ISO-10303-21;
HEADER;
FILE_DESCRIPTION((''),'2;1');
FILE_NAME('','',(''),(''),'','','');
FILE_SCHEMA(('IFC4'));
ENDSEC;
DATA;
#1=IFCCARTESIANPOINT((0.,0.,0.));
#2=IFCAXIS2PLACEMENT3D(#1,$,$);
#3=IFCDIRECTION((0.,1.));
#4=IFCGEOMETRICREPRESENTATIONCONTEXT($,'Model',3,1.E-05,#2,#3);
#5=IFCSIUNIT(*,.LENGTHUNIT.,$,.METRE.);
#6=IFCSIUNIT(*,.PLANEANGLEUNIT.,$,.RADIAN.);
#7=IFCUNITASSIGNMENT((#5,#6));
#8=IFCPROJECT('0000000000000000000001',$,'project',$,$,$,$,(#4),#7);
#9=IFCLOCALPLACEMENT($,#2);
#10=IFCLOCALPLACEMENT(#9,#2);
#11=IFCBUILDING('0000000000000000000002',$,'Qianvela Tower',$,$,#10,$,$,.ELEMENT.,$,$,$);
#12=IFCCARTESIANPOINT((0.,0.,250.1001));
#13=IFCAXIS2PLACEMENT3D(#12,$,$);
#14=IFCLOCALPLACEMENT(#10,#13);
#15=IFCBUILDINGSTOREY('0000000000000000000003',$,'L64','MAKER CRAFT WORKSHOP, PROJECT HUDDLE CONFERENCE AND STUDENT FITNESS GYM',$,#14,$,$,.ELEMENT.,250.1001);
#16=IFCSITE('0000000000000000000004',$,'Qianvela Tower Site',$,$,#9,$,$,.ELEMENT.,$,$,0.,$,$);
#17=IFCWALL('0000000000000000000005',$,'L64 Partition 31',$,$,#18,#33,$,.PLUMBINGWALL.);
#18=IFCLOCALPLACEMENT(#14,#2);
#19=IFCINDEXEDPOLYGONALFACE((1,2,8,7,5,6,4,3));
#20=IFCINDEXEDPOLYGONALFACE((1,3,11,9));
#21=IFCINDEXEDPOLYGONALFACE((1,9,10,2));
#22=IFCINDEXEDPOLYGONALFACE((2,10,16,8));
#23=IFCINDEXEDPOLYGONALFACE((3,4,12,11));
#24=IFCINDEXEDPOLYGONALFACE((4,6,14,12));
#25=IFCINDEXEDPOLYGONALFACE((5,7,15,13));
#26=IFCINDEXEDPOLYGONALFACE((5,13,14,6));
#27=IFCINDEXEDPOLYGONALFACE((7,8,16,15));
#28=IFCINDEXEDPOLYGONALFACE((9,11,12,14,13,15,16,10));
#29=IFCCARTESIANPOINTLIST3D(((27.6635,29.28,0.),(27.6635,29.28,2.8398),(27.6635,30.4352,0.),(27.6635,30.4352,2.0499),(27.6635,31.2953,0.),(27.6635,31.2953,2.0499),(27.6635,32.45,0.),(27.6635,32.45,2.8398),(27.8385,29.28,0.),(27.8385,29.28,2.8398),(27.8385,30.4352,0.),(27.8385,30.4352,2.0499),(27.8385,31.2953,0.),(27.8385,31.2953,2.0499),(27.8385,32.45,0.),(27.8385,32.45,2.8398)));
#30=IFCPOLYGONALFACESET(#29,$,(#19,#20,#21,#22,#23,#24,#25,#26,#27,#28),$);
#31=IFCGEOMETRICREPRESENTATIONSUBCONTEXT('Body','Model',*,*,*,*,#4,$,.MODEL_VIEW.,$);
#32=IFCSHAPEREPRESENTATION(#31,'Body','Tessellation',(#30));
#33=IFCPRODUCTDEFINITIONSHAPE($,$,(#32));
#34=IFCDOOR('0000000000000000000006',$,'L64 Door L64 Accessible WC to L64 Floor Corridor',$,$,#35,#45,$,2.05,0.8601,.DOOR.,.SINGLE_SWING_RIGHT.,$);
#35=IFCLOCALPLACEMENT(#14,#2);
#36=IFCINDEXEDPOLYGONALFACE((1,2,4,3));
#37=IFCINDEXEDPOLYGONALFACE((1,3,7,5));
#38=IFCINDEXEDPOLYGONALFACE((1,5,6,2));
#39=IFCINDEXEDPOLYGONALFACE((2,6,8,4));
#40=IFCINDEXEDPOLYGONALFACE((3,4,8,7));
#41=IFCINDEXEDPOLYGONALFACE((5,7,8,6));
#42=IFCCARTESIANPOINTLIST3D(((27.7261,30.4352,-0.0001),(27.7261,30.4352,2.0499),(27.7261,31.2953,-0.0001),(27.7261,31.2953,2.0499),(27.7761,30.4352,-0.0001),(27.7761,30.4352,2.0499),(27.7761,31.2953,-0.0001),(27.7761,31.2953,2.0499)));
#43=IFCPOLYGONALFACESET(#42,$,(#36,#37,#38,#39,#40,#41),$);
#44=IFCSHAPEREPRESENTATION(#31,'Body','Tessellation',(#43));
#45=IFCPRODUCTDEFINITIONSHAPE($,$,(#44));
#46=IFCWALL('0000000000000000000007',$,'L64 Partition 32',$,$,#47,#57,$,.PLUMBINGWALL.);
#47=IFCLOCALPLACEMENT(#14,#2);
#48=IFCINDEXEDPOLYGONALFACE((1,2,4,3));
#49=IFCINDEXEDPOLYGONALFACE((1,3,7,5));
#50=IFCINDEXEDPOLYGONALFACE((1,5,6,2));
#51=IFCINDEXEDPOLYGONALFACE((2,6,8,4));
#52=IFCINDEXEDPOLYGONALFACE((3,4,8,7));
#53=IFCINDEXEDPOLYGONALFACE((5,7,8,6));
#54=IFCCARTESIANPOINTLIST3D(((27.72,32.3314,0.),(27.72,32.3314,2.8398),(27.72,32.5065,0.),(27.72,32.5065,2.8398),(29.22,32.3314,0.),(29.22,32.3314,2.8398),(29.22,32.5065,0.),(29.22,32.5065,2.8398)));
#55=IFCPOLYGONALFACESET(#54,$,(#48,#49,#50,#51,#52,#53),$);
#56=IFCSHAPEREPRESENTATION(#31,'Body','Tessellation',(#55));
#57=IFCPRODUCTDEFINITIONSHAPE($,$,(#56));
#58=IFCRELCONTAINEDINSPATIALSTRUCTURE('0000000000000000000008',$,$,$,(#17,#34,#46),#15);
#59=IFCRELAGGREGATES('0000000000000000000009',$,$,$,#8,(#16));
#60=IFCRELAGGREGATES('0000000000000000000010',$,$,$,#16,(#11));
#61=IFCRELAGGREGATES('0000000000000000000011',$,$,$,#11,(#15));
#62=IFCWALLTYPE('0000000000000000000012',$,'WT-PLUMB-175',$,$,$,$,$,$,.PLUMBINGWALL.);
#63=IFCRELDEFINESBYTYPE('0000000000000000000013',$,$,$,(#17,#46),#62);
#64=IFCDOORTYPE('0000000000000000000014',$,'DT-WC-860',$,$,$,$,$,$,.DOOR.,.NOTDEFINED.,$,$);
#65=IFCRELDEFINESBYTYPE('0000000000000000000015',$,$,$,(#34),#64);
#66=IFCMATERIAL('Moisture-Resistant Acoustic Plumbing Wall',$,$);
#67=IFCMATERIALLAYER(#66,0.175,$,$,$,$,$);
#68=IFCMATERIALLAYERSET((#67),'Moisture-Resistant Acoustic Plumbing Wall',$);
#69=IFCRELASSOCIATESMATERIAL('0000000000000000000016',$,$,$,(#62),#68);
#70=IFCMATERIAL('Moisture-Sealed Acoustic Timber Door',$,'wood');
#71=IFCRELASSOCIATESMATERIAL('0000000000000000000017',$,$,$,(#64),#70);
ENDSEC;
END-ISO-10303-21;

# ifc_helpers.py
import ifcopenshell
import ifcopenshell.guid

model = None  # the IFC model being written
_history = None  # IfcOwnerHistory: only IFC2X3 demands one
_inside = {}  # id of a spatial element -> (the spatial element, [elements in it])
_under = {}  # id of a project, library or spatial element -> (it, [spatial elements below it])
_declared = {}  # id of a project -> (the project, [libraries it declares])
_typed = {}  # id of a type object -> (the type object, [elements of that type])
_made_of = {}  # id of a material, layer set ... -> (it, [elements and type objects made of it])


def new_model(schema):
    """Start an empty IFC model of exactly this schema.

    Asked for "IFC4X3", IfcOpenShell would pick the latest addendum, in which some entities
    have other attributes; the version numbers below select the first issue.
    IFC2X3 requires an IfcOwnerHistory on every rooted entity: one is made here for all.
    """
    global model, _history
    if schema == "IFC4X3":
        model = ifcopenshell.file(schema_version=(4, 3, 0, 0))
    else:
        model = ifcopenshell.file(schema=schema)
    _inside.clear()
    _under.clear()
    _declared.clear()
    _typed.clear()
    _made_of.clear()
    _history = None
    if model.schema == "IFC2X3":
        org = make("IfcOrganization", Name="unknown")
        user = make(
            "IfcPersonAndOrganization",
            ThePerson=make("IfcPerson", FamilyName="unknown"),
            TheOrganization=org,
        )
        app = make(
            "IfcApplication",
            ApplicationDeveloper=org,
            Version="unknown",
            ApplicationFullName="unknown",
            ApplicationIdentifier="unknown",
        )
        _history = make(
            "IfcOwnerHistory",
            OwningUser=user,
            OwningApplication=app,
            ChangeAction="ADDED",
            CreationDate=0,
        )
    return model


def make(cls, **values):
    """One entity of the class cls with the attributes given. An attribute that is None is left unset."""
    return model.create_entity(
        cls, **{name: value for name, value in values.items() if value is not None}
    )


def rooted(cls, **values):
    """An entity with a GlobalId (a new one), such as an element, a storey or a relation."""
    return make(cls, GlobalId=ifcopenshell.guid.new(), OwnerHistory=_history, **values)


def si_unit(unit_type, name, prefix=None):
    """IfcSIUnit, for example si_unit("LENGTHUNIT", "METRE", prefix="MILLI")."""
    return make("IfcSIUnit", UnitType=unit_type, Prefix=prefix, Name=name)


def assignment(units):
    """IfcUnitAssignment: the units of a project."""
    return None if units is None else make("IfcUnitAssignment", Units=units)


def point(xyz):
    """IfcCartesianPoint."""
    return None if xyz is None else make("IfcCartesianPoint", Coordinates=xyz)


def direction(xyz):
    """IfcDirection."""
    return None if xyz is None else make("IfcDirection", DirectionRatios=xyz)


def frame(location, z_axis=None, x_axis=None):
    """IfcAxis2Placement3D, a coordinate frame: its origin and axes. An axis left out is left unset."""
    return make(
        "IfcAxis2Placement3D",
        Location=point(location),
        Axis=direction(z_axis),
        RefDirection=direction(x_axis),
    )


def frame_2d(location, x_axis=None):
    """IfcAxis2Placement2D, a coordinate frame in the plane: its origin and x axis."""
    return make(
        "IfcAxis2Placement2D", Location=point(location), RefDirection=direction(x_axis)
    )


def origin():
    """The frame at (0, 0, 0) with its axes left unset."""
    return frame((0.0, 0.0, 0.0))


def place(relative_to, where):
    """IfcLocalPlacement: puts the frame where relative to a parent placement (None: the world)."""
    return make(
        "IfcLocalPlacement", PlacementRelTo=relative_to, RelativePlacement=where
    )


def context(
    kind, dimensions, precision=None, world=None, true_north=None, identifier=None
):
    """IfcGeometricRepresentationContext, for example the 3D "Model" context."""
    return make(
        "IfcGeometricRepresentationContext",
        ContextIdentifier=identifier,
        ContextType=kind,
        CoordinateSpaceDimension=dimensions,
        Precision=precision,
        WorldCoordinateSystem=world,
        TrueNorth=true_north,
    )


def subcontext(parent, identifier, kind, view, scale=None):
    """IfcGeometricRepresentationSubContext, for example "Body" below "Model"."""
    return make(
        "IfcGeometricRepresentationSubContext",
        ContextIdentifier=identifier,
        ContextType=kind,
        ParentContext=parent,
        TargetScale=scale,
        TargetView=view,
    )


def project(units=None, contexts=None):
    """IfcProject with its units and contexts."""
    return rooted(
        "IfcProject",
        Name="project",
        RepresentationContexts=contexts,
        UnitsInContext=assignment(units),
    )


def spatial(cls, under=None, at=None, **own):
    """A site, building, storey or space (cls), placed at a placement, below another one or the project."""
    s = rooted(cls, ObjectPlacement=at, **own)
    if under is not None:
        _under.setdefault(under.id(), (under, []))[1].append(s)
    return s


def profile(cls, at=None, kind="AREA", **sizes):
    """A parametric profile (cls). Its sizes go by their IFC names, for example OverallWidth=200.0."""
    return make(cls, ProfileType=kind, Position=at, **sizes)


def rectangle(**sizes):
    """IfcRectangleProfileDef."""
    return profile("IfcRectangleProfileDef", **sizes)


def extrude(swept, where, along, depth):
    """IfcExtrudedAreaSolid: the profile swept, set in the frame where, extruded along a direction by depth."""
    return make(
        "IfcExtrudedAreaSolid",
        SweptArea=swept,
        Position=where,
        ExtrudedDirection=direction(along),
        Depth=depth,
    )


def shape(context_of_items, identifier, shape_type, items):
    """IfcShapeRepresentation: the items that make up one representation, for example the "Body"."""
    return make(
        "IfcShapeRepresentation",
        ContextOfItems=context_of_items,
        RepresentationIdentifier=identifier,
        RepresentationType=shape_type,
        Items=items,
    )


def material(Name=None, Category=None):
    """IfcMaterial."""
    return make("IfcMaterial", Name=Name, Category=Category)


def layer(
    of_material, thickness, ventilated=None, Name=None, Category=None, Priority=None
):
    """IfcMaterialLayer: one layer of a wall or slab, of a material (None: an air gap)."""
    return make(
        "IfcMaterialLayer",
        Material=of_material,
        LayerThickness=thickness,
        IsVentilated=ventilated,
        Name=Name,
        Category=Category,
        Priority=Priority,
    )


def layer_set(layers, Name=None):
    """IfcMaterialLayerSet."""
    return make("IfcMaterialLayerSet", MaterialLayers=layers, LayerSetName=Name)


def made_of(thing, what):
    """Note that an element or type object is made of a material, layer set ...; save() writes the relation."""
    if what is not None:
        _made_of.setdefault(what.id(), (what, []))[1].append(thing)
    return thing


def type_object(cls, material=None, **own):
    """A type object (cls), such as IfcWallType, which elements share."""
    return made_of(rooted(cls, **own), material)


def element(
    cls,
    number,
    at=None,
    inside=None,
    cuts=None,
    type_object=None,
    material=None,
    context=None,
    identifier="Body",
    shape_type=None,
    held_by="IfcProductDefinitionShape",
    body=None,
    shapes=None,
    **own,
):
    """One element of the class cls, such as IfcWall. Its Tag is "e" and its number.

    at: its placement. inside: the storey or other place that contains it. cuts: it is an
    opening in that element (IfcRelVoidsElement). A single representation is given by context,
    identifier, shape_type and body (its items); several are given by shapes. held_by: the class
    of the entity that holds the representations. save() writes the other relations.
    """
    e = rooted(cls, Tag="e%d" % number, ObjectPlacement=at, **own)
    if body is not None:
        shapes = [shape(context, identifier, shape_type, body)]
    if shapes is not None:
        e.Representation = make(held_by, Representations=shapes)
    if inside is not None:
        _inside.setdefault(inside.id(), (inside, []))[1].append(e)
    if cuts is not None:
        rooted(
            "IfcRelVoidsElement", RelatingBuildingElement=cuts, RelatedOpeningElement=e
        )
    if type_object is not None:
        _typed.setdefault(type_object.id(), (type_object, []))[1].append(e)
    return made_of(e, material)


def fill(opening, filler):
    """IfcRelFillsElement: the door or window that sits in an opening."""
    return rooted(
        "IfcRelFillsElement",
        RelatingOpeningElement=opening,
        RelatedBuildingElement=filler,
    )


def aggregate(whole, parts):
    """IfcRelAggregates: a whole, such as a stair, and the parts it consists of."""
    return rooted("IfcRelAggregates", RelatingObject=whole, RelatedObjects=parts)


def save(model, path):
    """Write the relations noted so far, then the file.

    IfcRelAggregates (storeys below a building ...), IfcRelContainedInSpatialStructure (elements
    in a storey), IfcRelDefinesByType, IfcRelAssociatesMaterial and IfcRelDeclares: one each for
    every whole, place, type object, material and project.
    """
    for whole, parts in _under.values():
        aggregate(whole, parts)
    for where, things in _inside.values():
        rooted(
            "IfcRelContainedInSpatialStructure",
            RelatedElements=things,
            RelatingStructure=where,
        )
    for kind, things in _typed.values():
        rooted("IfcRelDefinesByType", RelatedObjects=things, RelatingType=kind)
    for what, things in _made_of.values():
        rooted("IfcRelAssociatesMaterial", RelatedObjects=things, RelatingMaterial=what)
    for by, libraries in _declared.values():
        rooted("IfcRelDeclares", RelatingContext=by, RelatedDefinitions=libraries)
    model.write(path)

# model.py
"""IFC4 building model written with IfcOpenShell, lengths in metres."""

from ifc_helpers import new_model, si_unit, direction, frame, frame_2d, origin, place, context, subcontext, project, spatial, rectangle, extrude, material, layer, layer_set, type_object, element, fill, save


model = new_model("IFC4")

# Units and contexts
model_context = context("Model", 3, precision=1e-05, world=origin(), true_north=direction((0.0, 1.0)))
body_context = subcontext(model_context, "Body", "Model", "MODEL_VIEW")
ifc_project = project(units=[si_unit("LENGTHUNIT", "METRE"), si_unit("PLANEANGLEUNIT", "RADIAN")], contexts=[model_context])

# Site, building, storey
site_placement = place(None, origin())
site = spatial("IfcSite", under=ifc_project, at=site_placement, Name="Qianvela Tower Site", CompositionType="ELEMENT", RefElevation=0.0)
building_placement = place(site_placement, origin())
building = spatial("IfcBuilding", under=site, at=building_placement, Name="Qianvela Tower", CompositionType="ELEMENT")
storey_placement = place(building_placement, frame((0.0, 0.0, 250.1001)))
storey = spatial("IfcBuildingStorey", under=building, at=storey_placement, Name="L64", Description="MAKER CRAFT WORKSHOP, PROJECT HUDDLE CONFERENCE AND STUDENT FITNESS GYM", CompositionType="ELEMENT", Elevation=250.1001)

# Shared definitions
ifc_material_1 = material(Name="Moisture-Resistant Acoustic Plumbing Wall")
ifc_layer_1 = layer(ifc_material_1, 0.175)
ifc_layer_set_1 = layer_set([ifc_layer_1], Name="Moisture-Resistant Acoustic Plumbing Wall")
wall_type_1 = type_object("IfcWallType", Name="WT-PLUMB-175", PredefinedType="PLUMBINGWALL", material=ifc_layer_set_1)

# Wall, opening, door
wall_1_placement = place(storey_placement, frame((27.751, 29.28, 0.0), z_axis=(0.0, 0.0, 1.0), x_axis=(0.0, 1.0, 0.0)))
wall_1 = element("IfcWall", 1, at=wall_1_placement, inside=storey, type_object=wall_type_1, Name="L64 Partition 31", PredefinedType="PLUMBINGWALL", context=body_context, shape_type="SweptSolid", body=[
    extrude(rectangle(XDim=3.1699, YDim=0.175, at=frame_2d((1.585, 0.0))), origin(), (0.0, 0.0, 1.0), 2.8398),
])
opening_1_placement = place(wall_1_placement, frame((1.155, 0.0, 0.0)))
opening_1 = element("IfcOpeningElement", 2, at=opening_1_placement, cuts=wall_1, PredefinedType="OPENING", context=body_context, shape_type="SweptSolid", body=[
    extrude(rectangle(XDim=0.8601, YDim=2.05, at=frame_2d((0.4302, 1.0249))), frame((0.0, 0.0974, 0.0), z_axis=(0.0, -1.0, 0.0), x_axis=(1.0, 0.0, 0.0)), (0.0, 0.0, 1.0), 0.1951),
])
ifc_material_2 = material(Name="Moisture-Sealed Acoustic Timber Door", Category="wood")
door_type_1 = type_object("IfcDoorType", Name="DT-WC-860", OperationType="NOTDEFINED", PredefinedType="DOOR", material=ifc_material_2)
door_1_placement = place(opening_1_placement, origin())
door_1 = element("IfcDoor", 3, at=door_1_placement, inside=storey, type_object=door_type_1, Name="L64 Door L64 Accessible WC to L64 Floor Corridor", OperationType="SINGLE_SWING_RIGHT", OverallHeight=2.05, OverallWidth=0.8601, PredefinedType="DOOR", context=body_context, shape_type="SweptSolid", body=[
    extrude(rectangle(XDim=0.8601, YDim=2.05, at=frame_2d((0.4302, 1.0249))), frame((0.0, 0.0249, 0.0), z_axis=(0.0, -1.0, 0.0), x_axis=(1.0, 0.0, 0.0)), (0.0, 0.0, 1.0), 0.05),
])
fill(opening_1, door_1)

# Wall
wall_2_placement = place(storey_placement, frame((27.72, 32.4189, 0.0), z_axis=(0.0, 0.0, 1.0), x_axis=(1.0, 0.0, 0.0)))
element("IfcWall", 4, at=wall_2_placement, inside=storey, type_object=wall_type_1, Name="L64 Partition 32", PredefinedType="PLUMBINGWALL", context=body_context, shape_type="SweptSolid", body=[
    extrude(rectangle(XDim=1.5, YDim=0.175, at=frame_2d((0.75, 0.0))), origin(), (0.0, 0.0, 1.0), 2.8398),
])

save(model, "model.ifc")
